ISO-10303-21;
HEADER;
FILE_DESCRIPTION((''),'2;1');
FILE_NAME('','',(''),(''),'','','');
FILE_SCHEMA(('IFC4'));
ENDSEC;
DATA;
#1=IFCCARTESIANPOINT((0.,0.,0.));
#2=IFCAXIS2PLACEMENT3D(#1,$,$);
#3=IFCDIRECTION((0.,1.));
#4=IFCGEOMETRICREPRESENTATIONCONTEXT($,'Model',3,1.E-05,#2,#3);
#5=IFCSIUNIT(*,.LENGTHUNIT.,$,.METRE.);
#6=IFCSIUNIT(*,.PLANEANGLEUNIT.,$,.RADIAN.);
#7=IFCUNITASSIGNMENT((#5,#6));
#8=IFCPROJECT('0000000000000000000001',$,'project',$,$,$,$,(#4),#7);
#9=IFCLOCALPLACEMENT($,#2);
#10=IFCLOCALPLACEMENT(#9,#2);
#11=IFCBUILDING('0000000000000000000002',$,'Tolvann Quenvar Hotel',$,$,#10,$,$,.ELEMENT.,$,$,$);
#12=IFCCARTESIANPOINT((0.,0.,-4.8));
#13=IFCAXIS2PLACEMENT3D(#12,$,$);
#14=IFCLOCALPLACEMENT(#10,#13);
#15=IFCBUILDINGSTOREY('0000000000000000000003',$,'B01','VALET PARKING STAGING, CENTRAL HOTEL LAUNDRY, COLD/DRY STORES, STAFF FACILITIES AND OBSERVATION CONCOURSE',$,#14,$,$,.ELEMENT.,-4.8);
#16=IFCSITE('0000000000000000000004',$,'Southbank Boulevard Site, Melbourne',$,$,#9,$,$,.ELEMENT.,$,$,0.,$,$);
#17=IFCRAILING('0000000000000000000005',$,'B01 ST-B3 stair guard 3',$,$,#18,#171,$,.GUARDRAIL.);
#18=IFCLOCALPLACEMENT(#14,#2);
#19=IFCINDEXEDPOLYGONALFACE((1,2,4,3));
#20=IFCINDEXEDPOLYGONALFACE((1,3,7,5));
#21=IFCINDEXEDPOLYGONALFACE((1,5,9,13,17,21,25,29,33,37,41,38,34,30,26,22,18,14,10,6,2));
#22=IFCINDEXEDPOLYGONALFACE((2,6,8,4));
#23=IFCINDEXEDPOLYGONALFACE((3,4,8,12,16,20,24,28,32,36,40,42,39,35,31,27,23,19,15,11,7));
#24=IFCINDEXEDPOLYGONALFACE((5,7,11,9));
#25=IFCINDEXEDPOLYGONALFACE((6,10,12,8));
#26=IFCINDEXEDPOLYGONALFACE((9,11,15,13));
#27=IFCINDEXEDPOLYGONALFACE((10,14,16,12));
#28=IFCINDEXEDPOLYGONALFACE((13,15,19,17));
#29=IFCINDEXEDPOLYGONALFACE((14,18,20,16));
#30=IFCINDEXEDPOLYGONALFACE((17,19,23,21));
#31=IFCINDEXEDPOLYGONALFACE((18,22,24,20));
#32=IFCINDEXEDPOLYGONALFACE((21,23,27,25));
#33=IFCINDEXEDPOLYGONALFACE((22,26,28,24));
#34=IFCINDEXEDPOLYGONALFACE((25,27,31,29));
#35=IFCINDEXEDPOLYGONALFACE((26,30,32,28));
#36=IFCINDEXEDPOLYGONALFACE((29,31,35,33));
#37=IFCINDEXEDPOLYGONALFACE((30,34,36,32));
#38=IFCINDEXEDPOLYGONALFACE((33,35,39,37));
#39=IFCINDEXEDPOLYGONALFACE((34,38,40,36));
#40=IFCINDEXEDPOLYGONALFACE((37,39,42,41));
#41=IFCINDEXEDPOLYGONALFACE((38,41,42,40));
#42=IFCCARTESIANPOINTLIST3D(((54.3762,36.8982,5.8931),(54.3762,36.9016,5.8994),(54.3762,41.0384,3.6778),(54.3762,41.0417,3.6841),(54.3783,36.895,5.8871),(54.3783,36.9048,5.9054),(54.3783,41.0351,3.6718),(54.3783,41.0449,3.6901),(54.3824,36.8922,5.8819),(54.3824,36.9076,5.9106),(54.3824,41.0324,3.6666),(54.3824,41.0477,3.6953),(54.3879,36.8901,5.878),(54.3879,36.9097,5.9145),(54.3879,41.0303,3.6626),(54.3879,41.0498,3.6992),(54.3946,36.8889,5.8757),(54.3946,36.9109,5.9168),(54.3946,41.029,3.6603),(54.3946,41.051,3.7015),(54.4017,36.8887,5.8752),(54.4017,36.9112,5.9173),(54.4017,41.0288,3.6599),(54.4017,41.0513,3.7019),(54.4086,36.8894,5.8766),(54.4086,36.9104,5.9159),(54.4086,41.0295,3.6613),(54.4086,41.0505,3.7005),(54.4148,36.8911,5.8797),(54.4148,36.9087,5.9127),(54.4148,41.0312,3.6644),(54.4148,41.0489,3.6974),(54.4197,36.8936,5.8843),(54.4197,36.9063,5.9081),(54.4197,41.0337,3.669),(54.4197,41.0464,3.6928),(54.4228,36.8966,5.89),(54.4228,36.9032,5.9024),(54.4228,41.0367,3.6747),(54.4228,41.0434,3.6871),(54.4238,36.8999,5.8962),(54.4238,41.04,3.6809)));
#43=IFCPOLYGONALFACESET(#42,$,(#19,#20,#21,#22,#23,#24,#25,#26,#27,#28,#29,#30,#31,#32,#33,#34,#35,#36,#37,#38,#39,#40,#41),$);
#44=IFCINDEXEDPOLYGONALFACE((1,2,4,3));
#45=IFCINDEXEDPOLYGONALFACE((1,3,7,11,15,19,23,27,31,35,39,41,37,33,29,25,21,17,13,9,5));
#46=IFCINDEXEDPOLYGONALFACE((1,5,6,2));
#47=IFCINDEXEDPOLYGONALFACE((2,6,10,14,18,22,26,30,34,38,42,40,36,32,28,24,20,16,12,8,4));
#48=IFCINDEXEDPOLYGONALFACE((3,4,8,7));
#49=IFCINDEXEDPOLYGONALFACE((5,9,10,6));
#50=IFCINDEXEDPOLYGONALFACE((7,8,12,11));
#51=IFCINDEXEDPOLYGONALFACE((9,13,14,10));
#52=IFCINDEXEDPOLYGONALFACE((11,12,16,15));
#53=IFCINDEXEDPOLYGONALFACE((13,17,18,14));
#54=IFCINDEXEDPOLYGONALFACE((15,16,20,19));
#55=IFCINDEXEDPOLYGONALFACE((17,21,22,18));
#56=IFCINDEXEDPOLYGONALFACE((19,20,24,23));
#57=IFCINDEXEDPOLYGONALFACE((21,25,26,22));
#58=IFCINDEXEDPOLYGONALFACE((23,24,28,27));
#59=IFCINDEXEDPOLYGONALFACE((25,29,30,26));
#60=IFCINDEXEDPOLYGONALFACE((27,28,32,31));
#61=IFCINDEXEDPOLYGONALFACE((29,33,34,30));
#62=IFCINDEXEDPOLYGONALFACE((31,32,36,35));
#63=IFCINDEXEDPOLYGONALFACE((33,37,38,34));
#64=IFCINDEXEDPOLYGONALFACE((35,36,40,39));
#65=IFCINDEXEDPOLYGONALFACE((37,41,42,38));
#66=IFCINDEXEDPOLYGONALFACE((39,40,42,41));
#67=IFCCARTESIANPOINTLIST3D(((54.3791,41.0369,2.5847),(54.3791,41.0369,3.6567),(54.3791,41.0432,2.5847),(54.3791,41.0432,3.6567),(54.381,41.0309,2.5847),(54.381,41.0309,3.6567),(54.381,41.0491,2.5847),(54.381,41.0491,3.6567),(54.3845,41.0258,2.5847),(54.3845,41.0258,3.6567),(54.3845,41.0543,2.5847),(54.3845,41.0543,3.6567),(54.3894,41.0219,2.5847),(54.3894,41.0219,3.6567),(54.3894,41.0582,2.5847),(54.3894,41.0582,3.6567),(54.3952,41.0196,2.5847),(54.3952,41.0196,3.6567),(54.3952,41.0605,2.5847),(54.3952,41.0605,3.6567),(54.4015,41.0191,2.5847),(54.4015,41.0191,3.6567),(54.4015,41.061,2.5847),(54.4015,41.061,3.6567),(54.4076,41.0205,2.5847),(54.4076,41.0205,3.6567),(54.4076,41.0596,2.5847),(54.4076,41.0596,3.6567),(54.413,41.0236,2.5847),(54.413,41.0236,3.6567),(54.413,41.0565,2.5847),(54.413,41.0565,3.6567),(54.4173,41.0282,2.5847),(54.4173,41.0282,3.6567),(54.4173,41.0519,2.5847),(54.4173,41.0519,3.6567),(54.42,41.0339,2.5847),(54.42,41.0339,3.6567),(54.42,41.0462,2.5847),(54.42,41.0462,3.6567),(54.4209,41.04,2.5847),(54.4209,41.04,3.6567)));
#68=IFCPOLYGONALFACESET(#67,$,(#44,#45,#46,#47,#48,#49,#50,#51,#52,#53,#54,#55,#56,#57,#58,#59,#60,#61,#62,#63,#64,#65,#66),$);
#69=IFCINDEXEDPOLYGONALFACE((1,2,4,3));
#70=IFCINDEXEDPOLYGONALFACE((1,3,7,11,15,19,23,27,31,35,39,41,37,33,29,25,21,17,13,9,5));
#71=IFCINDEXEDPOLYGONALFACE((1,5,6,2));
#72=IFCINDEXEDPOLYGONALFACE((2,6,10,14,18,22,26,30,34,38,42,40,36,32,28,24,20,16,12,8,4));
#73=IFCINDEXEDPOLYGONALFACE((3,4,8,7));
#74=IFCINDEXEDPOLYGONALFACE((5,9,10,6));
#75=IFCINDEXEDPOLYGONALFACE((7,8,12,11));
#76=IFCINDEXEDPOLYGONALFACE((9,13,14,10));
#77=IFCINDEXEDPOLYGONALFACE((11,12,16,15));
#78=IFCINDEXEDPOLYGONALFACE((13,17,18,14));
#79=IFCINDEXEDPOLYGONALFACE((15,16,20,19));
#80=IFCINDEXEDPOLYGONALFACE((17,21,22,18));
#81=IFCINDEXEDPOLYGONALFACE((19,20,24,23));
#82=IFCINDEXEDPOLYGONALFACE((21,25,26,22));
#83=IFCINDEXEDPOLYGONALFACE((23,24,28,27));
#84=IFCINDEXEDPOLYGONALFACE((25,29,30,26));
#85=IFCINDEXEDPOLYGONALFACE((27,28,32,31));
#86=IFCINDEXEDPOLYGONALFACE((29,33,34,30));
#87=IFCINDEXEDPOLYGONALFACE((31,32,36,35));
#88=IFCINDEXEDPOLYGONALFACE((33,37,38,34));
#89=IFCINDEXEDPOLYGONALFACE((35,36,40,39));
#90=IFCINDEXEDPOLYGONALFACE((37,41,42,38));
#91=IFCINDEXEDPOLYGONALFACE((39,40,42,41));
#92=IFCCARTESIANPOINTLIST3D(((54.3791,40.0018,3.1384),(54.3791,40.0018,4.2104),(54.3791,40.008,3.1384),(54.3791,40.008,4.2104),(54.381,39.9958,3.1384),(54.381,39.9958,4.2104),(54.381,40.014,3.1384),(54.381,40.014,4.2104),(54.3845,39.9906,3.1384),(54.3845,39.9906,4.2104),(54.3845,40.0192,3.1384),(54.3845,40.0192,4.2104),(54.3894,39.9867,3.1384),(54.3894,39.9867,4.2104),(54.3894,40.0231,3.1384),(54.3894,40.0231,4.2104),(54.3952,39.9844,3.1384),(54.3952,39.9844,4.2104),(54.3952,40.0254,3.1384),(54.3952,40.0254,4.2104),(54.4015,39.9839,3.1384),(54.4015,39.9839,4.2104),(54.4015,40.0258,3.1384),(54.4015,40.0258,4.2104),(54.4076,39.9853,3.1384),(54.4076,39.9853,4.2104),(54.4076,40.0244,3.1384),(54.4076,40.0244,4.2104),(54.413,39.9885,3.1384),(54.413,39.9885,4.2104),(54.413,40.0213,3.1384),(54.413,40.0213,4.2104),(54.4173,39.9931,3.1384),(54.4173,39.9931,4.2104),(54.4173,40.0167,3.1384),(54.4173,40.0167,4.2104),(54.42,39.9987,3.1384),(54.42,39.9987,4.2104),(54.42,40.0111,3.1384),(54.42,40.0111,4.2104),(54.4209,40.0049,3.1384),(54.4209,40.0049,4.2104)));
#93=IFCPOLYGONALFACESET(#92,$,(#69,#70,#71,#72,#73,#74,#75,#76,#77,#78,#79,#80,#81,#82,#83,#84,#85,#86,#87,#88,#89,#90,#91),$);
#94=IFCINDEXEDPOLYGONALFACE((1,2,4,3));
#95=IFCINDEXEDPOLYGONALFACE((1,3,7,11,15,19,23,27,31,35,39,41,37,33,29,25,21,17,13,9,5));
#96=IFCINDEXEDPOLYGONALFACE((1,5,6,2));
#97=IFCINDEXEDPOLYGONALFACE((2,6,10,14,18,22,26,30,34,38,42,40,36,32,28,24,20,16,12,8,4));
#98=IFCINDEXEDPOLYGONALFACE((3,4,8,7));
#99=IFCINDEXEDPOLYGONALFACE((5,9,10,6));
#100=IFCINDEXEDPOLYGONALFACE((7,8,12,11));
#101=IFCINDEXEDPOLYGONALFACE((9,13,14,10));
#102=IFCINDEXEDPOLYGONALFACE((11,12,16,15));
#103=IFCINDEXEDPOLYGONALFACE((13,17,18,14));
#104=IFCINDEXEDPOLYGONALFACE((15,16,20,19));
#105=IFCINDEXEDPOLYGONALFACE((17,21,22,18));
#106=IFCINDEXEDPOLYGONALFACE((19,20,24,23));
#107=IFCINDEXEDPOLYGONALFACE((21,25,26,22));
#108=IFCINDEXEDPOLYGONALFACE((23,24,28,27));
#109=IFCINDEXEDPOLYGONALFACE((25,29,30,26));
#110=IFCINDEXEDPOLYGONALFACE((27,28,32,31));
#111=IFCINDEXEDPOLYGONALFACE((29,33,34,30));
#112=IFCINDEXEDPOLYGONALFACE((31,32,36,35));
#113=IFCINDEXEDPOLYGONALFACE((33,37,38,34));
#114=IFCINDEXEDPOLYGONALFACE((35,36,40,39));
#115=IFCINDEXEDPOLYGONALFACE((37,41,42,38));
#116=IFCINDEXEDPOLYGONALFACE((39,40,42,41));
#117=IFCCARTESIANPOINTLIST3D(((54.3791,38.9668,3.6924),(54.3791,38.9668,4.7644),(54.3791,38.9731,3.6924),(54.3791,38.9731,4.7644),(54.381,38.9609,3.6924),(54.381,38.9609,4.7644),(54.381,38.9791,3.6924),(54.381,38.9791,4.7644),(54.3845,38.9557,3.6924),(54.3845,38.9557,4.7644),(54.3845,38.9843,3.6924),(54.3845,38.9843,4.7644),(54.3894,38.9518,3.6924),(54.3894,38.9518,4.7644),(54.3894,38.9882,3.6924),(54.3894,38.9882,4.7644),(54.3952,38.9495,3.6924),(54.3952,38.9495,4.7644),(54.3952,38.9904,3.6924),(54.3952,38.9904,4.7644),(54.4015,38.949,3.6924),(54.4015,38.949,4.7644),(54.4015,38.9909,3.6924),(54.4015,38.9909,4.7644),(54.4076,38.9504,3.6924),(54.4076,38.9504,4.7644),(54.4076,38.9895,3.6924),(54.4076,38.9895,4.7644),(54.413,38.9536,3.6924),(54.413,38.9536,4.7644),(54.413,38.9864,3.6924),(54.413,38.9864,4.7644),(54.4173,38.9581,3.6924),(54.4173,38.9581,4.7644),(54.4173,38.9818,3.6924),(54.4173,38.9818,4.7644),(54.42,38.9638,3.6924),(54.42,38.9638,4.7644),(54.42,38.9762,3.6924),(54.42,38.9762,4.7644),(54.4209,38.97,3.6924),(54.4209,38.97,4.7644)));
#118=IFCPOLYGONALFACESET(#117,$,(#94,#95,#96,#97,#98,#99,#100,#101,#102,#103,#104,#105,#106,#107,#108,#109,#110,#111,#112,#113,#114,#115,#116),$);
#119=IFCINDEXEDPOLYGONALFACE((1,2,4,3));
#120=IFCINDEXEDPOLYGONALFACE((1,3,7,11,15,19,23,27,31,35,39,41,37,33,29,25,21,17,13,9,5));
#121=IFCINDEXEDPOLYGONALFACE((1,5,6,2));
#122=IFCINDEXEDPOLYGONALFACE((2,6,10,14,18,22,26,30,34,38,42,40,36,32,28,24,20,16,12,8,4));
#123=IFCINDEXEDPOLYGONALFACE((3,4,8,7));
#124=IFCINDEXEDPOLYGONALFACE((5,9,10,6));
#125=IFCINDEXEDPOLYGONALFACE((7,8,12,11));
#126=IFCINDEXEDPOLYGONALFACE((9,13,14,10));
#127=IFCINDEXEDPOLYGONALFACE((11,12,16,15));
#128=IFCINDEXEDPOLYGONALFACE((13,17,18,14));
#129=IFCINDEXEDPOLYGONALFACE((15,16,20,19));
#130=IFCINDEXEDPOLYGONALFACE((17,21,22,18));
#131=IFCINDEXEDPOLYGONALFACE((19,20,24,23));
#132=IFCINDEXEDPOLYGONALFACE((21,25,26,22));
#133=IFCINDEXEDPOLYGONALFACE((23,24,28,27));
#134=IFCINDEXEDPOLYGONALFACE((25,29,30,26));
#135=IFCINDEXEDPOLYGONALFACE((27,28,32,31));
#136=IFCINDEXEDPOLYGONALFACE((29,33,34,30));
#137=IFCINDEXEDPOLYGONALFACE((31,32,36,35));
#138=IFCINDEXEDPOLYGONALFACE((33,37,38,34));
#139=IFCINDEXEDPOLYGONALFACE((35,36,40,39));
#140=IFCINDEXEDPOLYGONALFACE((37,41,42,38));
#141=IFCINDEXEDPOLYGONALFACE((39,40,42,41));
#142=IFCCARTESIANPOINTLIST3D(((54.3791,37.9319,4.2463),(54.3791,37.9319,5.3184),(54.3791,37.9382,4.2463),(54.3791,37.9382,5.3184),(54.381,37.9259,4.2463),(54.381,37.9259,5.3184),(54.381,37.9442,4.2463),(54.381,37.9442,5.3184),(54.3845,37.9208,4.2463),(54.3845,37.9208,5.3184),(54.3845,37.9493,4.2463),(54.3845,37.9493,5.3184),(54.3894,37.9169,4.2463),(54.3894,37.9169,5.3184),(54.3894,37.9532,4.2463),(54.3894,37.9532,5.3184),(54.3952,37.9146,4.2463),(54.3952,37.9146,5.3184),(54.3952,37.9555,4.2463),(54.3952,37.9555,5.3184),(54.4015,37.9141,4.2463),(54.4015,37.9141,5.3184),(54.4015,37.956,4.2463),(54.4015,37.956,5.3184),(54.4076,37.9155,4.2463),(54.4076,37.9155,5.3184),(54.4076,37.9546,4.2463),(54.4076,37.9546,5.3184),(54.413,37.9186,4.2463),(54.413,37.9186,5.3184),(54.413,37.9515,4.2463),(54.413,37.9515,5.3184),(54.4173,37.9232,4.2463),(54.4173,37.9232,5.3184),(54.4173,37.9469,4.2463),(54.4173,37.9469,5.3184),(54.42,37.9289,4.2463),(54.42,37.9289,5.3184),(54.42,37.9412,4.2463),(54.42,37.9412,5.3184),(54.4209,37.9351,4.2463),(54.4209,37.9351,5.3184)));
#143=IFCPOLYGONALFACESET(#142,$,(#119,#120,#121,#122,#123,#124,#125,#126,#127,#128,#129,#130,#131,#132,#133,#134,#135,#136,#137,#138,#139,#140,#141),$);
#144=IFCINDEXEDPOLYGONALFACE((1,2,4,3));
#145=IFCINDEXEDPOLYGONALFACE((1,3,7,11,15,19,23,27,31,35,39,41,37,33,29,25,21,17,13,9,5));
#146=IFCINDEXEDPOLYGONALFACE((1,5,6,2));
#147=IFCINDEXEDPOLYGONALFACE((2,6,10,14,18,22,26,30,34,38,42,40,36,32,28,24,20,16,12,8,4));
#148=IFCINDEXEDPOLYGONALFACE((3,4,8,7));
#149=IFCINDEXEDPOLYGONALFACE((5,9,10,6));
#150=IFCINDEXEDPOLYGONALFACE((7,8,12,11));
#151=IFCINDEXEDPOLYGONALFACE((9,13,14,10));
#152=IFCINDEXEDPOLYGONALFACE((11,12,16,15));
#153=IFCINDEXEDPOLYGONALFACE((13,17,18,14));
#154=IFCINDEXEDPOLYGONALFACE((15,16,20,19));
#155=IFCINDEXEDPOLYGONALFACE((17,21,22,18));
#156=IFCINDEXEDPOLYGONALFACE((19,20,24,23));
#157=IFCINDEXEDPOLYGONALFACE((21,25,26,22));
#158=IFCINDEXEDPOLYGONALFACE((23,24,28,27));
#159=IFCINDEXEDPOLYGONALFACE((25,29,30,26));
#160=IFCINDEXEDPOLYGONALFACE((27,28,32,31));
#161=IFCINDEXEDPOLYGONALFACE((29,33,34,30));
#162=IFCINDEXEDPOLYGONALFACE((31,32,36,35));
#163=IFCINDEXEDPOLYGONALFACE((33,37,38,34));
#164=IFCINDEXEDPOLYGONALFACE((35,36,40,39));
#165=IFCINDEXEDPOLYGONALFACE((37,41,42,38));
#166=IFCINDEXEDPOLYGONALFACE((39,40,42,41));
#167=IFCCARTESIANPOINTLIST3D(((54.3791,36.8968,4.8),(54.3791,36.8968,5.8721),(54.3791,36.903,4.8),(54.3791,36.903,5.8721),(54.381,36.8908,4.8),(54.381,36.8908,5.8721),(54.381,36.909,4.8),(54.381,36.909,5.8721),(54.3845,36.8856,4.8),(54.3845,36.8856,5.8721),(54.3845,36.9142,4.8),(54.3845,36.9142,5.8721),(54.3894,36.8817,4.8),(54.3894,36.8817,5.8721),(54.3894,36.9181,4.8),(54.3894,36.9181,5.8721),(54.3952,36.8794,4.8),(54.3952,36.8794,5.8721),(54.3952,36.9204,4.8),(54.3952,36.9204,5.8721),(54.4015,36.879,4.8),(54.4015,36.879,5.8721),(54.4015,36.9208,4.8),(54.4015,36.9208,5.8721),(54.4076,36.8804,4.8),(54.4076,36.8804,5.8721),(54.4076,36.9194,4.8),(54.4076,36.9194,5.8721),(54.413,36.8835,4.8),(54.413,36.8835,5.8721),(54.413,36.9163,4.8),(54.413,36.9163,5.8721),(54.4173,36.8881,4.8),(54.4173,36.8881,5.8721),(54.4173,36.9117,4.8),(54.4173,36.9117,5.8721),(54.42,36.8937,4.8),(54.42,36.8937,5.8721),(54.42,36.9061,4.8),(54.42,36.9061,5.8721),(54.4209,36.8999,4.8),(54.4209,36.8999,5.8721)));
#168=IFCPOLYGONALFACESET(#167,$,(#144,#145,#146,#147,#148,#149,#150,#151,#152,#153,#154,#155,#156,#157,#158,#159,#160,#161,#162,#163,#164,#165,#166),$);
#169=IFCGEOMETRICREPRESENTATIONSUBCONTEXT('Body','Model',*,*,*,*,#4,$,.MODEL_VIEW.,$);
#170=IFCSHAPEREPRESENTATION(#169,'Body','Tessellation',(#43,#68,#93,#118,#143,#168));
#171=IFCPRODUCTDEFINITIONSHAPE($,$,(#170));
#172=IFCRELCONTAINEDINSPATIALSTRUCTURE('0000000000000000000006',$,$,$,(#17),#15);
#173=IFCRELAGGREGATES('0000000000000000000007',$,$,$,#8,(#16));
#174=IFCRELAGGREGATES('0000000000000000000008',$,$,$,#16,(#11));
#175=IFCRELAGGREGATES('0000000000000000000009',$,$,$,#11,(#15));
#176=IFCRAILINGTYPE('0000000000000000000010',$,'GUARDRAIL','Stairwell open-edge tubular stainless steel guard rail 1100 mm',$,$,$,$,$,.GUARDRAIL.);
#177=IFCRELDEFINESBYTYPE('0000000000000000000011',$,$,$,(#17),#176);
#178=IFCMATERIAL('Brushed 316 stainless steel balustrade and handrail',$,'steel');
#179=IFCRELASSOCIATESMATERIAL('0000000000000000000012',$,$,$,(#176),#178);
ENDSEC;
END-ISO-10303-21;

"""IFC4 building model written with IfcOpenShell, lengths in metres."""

from ifc_helpers import new_model, si_unit, direction, frame, origin, origin_2d, place, context, subcontext, project, spatial, circle, extrude, material, type_object, element, save


model = new_model("IFC4")

# Units and contexts
model_context = context("Model", 3, precision=1e-05, world=origin(), true_north=direction((0.0, 1.0)))
body_context = subcontext(model_context, "Body", "Model", "MODEL_VIEW")
ifc_project = project(units=[si_unit("LENGTHUNIT", "METRE"), si_unit("PLANEANGLEUNIT", "RADIAN")], contexts=[model_context])

# Site, building, storey
site_placement = place(None, origin())
site = spatial("IfcSite", under=ifc_project, at=site_placement, Name="Southbank Boulevard Site, Melbourne", CompositionType="ELEMENT", RefElevation=0.0)
building_placement = place(site_placement, origin())
building = spatial("IfcBuilding", under=site, at=building_placement, Name="Tolvann Quenvar Hotel", CompositionType="ELEMENT")
storey_placement = place(building_placement, frame((0.0, 0.0, -4.8)))
storey = spatial("IfcBuildingStorey", under=building, at=storey_placement, Name="B01", Description="VALET PARKING STAGING, CENTRAL HOTEL LAUNDRY, COLD/DRY STORES, STAFF FACILITIES AND OBSERVATION CONCOURSE", CompositionType="ELEMENT", Elevation=-4.8)

# Railing
ifc_material_1 = material(Name="Brushed 316 stainless steel balustrade and handrail", Category="steel")
railing_type_1 = type_object("IfcRailingType", Name="GUARDRAIL", Description="Stairwell open-edge tubular stainless steel guard rail 1100 mm", PredefinedType="GUARDRAIL", material=ifc_material_1)
railing_1_placement = place(storey_placement, frame((54.3999, 41.04, 2.5847)))
element("IfcRailing", 1, at=railing_1_placement, inside=storey, type_object=railing_type_1, Name="B01 ST-B3 stair guard 3", PredefinedType="GUARDRAIL", context=body_context, shape_type="SweptSolid", body=[
    extrude(circle(Radius=0.0239, at=origin_2d()), frame((0.0, 0.0, 1.0962), z_axis=(0.0, -0.88171, 0.471791), x_axis=(1.0, 0.0, 0.0)), (0.0, 0.0, 1.0), 4.6956),
    extrude(circle(Radius=0.021, at=origin_2d()), origin(), (0.0, 0.0, 1.0), 1.072),
    extrude(circle(Radius=0.021, at=origin_2d()), frame((0.0, -1.0352, 0.5537)), (0.0, 0.0, 1.0), 1.072),
    extrude(circle(Radius=0.021, at=origin_2d()), frame((0.0, -2.0701, 1.1077)), (0.0, 0.0, 1.0), 1.072),
    extrude(circle(Radius=0.021, at=origin_2d()), frame((0.0, -3.105, 1.6616)), (0.0, 0.0, 1.0), 1.072),
    extrude(circle(Radius=0.021, at=origin_2d()), frame((0.0, -4.1401, 2.2153)), (0.0, 0.0, 1.0), 1.072),
])

save(model, "model.ifc")
